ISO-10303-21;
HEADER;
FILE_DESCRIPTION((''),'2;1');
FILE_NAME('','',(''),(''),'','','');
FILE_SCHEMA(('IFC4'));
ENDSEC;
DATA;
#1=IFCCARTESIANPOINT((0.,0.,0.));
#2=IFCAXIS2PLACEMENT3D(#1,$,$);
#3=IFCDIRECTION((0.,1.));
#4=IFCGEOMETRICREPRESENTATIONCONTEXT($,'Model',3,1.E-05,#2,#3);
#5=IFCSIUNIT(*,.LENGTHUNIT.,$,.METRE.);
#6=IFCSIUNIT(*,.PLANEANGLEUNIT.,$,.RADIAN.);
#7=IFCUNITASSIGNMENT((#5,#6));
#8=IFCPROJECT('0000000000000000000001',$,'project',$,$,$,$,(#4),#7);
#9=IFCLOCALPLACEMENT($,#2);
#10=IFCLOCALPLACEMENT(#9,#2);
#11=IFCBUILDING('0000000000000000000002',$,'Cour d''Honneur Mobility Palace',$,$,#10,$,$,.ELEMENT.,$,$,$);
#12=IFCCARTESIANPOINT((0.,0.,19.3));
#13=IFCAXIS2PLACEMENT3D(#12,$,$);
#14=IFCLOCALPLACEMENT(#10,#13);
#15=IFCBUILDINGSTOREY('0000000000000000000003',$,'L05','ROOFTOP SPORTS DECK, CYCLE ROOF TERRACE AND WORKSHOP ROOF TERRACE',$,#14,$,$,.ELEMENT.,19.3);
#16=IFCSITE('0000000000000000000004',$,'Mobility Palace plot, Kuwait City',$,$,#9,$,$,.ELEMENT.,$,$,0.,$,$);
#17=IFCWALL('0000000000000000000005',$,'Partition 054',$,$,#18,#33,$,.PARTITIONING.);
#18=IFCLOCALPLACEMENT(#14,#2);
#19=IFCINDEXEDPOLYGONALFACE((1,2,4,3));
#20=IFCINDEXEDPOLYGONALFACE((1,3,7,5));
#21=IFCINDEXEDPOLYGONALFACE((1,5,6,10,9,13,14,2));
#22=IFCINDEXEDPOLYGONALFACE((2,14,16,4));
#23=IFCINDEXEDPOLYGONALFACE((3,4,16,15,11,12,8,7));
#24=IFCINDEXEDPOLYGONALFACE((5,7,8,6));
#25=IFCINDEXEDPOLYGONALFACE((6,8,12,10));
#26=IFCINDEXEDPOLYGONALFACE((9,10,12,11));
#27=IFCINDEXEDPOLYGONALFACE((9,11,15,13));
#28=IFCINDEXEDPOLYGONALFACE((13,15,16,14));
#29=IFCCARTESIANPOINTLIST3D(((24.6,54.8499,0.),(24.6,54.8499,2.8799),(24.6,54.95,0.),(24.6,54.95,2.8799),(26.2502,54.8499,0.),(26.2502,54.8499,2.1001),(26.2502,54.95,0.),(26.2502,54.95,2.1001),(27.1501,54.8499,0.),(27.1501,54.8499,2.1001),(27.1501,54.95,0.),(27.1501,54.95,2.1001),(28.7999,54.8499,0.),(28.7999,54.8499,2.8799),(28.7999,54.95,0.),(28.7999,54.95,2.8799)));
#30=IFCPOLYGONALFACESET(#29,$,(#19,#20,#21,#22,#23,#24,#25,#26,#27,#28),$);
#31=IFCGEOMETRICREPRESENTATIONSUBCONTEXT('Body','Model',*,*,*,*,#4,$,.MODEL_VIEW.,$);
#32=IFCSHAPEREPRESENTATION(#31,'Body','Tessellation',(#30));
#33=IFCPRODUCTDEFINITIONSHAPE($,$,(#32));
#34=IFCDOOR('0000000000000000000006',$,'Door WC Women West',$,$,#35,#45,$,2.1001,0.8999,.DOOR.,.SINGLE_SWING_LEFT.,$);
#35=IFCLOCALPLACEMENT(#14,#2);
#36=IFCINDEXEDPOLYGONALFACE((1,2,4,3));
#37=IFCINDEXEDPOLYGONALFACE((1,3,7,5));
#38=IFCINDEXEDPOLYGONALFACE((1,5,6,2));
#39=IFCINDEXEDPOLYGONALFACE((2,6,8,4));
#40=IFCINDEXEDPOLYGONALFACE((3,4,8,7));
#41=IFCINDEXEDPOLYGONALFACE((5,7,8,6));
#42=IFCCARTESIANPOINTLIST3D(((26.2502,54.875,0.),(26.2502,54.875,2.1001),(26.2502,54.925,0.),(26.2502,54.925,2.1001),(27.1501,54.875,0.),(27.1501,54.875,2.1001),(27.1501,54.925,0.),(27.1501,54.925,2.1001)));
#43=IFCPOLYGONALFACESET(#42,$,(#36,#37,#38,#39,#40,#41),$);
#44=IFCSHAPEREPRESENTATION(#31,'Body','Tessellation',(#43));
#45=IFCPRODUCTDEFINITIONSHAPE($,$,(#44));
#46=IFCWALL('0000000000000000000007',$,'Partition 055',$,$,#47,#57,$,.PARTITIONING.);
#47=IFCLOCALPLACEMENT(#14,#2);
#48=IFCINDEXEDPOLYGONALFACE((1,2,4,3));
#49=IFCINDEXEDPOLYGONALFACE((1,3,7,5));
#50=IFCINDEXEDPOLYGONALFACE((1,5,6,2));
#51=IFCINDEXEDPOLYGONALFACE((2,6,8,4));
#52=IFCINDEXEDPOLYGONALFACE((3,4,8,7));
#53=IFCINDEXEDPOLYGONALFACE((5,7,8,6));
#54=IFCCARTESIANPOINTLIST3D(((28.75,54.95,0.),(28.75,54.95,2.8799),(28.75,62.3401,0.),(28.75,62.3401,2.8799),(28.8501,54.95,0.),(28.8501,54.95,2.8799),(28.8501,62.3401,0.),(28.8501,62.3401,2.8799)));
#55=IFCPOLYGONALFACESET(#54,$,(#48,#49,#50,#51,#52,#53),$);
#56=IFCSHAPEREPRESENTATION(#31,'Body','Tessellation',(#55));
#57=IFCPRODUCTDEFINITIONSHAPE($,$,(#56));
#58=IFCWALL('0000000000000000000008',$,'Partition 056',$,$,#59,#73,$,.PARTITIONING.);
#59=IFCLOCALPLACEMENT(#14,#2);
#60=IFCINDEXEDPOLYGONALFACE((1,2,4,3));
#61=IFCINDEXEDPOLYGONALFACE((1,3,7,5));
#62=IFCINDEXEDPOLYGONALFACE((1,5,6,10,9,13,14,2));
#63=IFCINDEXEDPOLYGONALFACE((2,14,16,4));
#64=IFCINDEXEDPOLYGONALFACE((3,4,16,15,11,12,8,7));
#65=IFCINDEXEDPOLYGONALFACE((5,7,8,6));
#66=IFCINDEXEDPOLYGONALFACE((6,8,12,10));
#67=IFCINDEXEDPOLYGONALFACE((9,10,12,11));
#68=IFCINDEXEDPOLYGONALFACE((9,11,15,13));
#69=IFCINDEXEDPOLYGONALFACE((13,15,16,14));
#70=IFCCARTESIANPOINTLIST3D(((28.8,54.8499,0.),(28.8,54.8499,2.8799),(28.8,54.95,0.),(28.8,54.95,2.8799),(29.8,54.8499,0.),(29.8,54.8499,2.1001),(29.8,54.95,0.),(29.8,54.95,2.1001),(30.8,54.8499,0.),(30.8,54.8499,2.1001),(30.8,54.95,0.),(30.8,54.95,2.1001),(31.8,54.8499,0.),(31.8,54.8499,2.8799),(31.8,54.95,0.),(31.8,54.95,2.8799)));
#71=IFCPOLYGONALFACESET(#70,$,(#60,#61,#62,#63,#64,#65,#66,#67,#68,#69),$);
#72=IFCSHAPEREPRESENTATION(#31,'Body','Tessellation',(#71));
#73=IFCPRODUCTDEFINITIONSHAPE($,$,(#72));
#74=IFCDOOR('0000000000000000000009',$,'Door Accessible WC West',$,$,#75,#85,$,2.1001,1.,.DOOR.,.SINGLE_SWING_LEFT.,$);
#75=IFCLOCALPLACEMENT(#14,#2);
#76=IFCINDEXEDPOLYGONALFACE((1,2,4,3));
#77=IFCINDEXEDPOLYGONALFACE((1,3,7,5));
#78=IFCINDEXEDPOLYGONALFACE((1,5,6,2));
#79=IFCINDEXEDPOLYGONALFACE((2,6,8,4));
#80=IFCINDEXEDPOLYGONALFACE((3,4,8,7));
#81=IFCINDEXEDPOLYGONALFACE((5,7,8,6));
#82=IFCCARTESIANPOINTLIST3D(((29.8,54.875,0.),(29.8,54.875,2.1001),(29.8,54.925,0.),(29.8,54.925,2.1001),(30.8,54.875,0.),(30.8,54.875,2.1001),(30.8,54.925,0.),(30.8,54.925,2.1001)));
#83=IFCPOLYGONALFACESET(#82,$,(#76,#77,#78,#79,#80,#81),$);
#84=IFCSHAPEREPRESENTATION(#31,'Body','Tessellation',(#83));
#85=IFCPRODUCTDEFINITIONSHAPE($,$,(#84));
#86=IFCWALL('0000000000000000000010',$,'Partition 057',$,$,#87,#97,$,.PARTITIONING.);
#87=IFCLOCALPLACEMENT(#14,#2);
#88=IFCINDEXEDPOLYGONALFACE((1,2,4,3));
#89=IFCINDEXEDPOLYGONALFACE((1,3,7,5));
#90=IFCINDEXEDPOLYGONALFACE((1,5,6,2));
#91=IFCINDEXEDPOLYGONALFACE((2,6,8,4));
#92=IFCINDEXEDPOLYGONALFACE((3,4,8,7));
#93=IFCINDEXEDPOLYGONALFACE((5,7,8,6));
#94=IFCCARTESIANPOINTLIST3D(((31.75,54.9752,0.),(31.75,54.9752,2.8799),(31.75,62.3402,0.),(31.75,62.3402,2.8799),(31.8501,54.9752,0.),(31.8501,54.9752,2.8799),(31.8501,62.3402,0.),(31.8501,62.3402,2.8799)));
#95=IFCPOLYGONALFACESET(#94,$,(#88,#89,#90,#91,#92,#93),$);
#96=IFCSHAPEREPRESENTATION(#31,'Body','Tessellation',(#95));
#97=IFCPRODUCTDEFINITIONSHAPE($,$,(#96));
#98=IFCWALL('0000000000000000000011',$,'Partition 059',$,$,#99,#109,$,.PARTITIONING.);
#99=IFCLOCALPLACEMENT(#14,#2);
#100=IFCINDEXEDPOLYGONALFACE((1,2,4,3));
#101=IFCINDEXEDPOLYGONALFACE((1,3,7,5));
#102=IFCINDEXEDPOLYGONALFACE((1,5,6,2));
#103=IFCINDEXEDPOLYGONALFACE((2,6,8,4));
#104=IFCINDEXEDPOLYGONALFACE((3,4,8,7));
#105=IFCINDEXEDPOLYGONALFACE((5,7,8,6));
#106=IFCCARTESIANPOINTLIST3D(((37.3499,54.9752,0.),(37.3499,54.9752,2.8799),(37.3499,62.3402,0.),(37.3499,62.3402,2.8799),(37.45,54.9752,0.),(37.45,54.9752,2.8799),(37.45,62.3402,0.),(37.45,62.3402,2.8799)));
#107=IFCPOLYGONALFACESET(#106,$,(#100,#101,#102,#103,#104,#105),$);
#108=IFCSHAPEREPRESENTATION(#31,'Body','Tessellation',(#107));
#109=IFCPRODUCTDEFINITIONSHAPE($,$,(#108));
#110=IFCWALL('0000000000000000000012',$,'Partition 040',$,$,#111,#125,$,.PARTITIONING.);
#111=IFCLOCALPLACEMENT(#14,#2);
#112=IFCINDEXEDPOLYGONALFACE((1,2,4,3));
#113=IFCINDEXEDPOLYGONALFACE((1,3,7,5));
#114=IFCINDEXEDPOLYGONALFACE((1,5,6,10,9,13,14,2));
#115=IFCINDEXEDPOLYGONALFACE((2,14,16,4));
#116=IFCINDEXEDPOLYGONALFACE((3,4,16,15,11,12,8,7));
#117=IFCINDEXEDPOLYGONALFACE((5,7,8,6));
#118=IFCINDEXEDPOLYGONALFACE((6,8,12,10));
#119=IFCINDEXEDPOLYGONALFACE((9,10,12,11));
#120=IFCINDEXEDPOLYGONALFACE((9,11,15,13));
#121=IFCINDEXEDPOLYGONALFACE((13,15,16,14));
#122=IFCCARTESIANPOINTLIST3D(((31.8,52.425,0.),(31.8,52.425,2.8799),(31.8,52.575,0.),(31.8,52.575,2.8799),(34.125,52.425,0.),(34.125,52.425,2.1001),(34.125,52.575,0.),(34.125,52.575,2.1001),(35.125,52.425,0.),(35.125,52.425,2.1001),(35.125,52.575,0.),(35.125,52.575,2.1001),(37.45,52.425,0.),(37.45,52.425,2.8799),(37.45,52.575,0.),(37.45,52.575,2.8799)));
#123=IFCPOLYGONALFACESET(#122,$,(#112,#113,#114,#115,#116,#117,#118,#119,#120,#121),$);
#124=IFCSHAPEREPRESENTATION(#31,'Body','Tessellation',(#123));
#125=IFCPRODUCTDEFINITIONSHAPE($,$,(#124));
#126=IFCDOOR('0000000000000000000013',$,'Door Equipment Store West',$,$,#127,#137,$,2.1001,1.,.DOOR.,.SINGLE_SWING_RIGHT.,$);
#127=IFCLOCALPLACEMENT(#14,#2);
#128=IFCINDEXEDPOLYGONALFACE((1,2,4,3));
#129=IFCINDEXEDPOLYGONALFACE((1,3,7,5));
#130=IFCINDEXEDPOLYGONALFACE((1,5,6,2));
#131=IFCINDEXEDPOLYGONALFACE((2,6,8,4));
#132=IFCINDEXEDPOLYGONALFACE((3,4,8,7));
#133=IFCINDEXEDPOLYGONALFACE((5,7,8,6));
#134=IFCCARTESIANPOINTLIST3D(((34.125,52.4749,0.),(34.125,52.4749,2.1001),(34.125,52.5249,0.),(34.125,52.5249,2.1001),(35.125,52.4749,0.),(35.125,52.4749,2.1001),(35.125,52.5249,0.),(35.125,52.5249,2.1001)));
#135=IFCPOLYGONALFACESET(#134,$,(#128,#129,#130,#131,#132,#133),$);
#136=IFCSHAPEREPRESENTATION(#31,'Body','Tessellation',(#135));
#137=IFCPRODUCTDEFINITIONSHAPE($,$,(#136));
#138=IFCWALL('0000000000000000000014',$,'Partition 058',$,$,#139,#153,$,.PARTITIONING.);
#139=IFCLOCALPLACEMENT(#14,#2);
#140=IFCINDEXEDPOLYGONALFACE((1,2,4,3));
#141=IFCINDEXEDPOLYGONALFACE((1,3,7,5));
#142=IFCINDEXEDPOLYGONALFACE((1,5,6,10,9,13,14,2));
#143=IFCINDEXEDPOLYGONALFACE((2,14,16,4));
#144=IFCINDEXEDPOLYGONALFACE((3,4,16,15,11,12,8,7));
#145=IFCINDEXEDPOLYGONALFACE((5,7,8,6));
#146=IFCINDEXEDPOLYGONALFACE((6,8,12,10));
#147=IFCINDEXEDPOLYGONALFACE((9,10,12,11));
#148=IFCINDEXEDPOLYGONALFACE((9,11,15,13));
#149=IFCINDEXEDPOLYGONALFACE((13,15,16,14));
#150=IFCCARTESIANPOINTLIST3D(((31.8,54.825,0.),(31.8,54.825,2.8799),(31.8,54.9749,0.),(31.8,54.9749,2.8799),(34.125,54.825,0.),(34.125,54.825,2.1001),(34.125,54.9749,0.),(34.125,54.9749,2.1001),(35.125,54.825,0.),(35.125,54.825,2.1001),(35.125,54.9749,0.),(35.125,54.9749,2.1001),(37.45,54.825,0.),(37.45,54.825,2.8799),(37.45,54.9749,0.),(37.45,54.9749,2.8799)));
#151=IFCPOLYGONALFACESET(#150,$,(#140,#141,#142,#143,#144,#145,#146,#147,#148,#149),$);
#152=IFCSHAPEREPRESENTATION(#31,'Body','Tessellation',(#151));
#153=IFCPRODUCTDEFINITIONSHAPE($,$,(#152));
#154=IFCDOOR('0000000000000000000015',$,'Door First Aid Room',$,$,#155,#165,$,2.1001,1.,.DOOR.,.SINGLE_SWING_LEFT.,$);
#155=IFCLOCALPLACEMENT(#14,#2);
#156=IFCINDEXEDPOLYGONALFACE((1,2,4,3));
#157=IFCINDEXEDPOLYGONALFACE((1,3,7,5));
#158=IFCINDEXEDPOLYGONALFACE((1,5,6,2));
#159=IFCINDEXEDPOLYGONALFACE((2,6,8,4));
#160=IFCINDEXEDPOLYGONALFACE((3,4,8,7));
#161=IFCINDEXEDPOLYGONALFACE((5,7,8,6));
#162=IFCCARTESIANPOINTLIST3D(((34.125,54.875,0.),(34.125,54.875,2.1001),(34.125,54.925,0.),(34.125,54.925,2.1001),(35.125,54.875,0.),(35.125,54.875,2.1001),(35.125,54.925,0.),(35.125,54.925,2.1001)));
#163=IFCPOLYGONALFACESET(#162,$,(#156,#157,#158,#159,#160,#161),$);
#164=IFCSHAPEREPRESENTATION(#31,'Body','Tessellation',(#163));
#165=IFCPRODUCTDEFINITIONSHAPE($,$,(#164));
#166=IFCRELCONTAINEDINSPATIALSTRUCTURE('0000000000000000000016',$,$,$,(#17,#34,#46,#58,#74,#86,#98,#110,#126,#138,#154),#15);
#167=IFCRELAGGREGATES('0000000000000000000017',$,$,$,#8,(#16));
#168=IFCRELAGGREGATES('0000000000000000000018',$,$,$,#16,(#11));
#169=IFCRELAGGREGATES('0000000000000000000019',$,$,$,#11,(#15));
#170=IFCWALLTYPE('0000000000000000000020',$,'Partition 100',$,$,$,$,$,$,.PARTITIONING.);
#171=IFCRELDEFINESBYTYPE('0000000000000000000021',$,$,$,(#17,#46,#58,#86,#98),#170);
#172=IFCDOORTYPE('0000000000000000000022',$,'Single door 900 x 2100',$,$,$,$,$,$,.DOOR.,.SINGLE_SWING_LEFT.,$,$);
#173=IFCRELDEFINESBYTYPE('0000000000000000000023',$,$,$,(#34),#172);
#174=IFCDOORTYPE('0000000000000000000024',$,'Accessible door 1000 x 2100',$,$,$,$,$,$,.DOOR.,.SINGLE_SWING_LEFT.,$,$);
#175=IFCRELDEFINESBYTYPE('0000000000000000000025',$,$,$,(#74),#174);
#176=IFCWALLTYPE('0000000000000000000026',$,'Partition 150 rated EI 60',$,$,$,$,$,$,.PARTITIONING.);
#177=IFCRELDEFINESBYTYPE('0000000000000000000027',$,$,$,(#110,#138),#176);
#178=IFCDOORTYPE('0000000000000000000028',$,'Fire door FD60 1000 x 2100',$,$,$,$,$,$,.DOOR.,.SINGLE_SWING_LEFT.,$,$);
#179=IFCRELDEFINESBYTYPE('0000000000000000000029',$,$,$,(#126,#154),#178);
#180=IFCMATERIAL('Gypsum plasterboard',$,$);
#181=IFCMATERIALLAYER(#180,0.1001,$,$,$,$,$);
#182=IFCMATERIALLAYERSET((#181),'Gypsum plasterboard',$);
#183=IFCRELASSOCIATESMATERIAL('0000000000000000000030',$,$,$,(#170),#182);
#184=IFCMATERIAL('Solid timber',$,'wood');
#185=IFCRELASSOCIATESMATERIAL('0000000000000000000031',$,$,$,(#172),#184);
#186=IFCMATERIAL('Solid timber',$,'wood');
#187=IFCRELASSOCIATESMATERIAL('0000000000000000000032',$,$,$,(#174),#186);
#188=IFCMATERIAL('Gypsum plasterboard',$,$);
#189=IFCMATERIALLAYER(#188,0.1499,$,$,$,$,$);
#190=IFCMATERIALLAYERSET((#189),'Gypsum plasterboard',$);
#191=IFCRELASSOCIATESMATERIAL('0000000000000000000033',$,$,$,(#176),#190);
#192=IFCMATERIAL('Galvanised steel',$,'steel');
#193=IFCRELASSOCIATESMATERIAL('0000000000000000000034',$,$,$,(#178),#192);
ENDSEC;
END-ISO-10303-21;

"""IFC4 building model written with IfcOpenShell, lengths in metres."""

from ifc_helpers import new_model, si_unit, direction, frame, frame_2d, origin, place, context, subcontext, project, spatial, rectangle, extrude, material, layer, layer_set, type_object, element, fill, save


model = new_model("IFC4")

# Units and contexts
model_context = context("Model", 3, precision=1e-05, world=origin(), true_north=direction((0.0, 1.0)))
body_context = subcontext(model_context, "Body", "Model", "MODEL_VIEW")
ifc_project = project(units=[si_unit("LENGTHUNIT", "METRE"), si_unit("PLANEANGLEUNIT", "RADIAN")], contexts=[model_context])

# Site, building, storey
site_placement = place(None, origin())
site = spatial("IfcSite", under=ifc_project, at=site_placement, Name="Mobility Palace plot, Kuwait City", CompositionType="ELEMENT", RefElevation=0.0)
building_placement = place(site_placement, origin())
building = spatial("IfcBuilding", under=site, at=building_placement, Name="Cour d'Honneur Mobility Palace", CompositionType="ELEMENT")
storey_placement = place(building_placement, frame((0.0, 0.0, 19.3)))
storey = spatial("IfcBuildingStorey", under=building, at=storey_placement, Name="L05", Description="ROOFTOP SPORTS DECK, CYCLE ROOF TERRACE AND WORKSHOP ROOF TERRACE", CompositionType="ELEMENT", Elevation=19.3)

# Shared definitions
ifc_material_1 = material(Name="Gypsum plasterboard")
ifc_layer_1 = layer(ifc_material_1, 0.1001)
ifc_layer_set_1 = layer_set([ifc_layer_1], Name="Gypsum plasterboard")
wall_type_1 = type_object("IfcWallType", Name="Partition 100", PredefinedType="PARTITIONING", material=ifc_layer_set_1)
ifc_material_2 = material(Name="Solid timber", Category="wood")
door_type_1 = type_object("IfcDoorType", Name="Single door 900 x 2100", OperationType="SINGLE_SWING_LEFT", PredefinedType="DOOR", material=ifc_material_2)

# Wall, opening, door
wall_1_placement = place(storey_placement, frame((28.8, 54.8999, 0.0), z_axis=(0.0, 0.0, 1.0), x_axis=(-1.0, 0.0, 0.0)))
wall_1 = element("IfcWall", 1, at=wall_1_placement, inside=storey, type_object=wall_type_1, Name="Partition 054", PredefinedType="PARTITIONING", context=body_context, shape_type="SweptSolid", body=[
    extrude(rectangle(XDim=4.2, YDim=0.1001, at=frame_2d((2.1001, 0.0))), origin(), (0.0, 0.0, 1.0), 2.8799),
])
opening_1_placement = place(wall_1_placement, frame((1.6499, 0.0, 0.0)))
opening_1 = element("IfcOpeningElement", 2, at=opening_1_placement, cuts=wall_1, PredefinedType="OPENING", context=body_context, shape_type="SweptSolid", body=[
    extrude(rectangle(XDim=0.8999, YDim=2.1001, at=frame_2d((0.45, 1.05))), frame((0.0, 0.0601, 0.0), z_axis=(0.0, -1.0, 0.0), x_axis=(1.0, 0.0, 0.0)), (0.0, 0.0, 1.0), 0.1201),
])
door_1_placement = place(opening_1_placement, origin())
door_1 = element("IfcDoor", 3, at=door_1_placement, inside=storey, type_object=door_type_1, Name="Door WC Women West", OperationType="SINGLE_SWING_LEFT", OverallHeight=2.1001, OverallWidth=0.8999, PredefinedType="DOOR", context=body_context, shape_type="SweptSolid", body=[
    extrude(rectangle(XDim=0.8999, YDim=2.1001, at=frame_2d((0.45, 1.05))), frame((0.0, 0.0249, 0.0), z_axis=(0.0, -1.0, 0.0), x_axis=(1.0, 0.0, 0.0)), (0.0, 0.0, 1.0), 0.05),
])
fill(opening_1, door_1)

# Wall
wall_2_placement = place(storey_placement, frame((28.8, 54.95, 0.0), z_axis=(0.0, 0.0, 1.0), x_axis=(0.0, 1.0, 0.0)))
element("IfcWall", 4, at=wall_2_placement, inside=storey, type_object=wall_type_1, Name="Partition 055", PredefinedType="PARTITIONING", context=body_context, shape_type="SweptSolid", body=[
    extrude(rectangle(XDim=7.3901, YDim=0.1001, at=frame_2d((3.6951, 0.0))), origin(), (0.0, 0.0, 1.0), 2.8799),
])

# Wall, opening, door
wall_3_placement = place(storey_placement, frame((31.8, 54.8999, 0.0), z_axis=(0.0, 0.0, 1.0), x_axis=(-1.0, 0.0, 0.0)))
wall_3 = element("IfcWall", 5, at=wall_3_placement, inside=storey, type_object=wall_type_1, Name="Partition 056", PredefinedType="PARTITIONING", context=body_context, shape_type="SweptSolid", body=[
    extrude(rectangle(XDim=3.0, YDim=0.1001, at=frame_2d((1.5, 0.0))), origin(), (0.0, 0.0, 1.0), 2.8799),
])
opening_2_placement = place(wall_3_placement, frame((1.0, 0.0, 0.0)))
opening_2 = element("IfcOpeningElement", 6, at=opening_2_placement, cuts=wall_3, PredefinedType="OPENING", context=body_context, shape_type="SweptSolid", body=[
    extrude(rectangle(XDim=1.0, YDim=2.1001, at=frame_2d((0.5, 1.05))), frame((0.0, 0.0601, 0.0), z_axis=(0.0, -1.0, 0.0), x_axis=(1.0, 0.0, 0.0)), (0.0, 0.0, 1.0), 0.1201),
])
ifc_material_3 = material(Name="Solid timber", Category="wood")
door_type_2 = type_object("IfcDoorType", Name="Accessible door 1000 x 2100", OperationType="SINGLE_SWING_LEFT", PredefinedType="DOOR", material=ifc_material_3)
door_2_placement = place(opening_2_placement, origin())
door_2 = element("IfcDoor", 7, at=door_2_placement, inside=storey, type_object=door_type_2, Name="Door Accessible WC West", OperationType="SINGLE_SWING_LEFT", OverallHeight=2.1001, OverallWidth=1.0, PredefinedType="DOOR", context=body_context, shape_type="SweptSolid", body=[
    extrude(rectangle(XDim=1.0, YDim=2.1001, at=frame_2d((0.5, 1.05))), frame((0.0, 0.0249, 0.0), z_axis=(0.0, -1.0, 0.0), x_axis=(1.0, 0.0, 0.0)), (0.0, 0.0, 1.0), 0.05),
])
fill(opening_2, door_2)

# Walls
for number, where, z_axis, x_axis, name in (
    (8, (31.8, 54.9751, 0.0), (0.0, 0.0, 1.0), (0.0, 1.0, 0.0), "Partition 057"),
    (9, (37.3999, 54.9751, 0.0), (0.0, 0.0, 1.0), (0.0, 1.0, 0.0), "Partition 059"),
):
    element("IfcWall", number, at=place(storey_placement, frame(where, z_axis=z_axis, x_axis=x_axis)), inside=storey, type_object=wall_type_1, Name=name, PredefinedType="PARTITIONING", context=body_context, shape_type="SweptSolid", body=[
        extrude(rectangle(XDim=7.365, YDim=0.1001, at=frame_2d((3.6826, 0.0))), origin(), (0.0, 0.0, 1.0), 2.8799),
    ])

# Walls, openings, doors
ifc_material_4 = material(Name="Gypsum plasterboard")
ifc_layer_2 = layer(ifc_material_4, 0.1499)
ifc_layer_set_2 = layer_set([ifc_layer_2], Name="Gypsum plasterboard")
wall_type_2 = type_object("IfcWallType", Name="Partition 150 rated EI 60", PredefinedType="PARTITIONING", material=ifc_layer_set_2)
wall_4_placement = place(storey_placement, frame((31.8, 52.5, 0.0), z_axis=(0.0, 0.0, 1.0), x_axis=(1.0, 0.0, 0.0)))
wall_4 = element("IfcWall", 10, at=wall_4_placement, inside=storey, type_object=wall_type_2, Name="Partition 040", PredefinedType="PARTITIONING", context=body_context, shape_type="SweptSolid", body=[
    extrude(rectangle(XDim=5.6499, YDim=0.1499, at=frame_2d((2.825, 0.0))), origin(), (0.0, 0.0, 1.0), 2.8799),
])
opening_3_placement = place(wall_4_placement, frame((2.325, 0.0, 0.0)))
opening_3 = element("IfcOpeningElement", 11, at=opening_3_placement, cuts=wall_4, PredefinedType="OPENING", context=body_context, shape_type="SweptSolid", body=[
    extrude(rectangle(XDim=1.0, YDim=2.1001, at=frame_2d((0.5, 1.05))), frame((0.0, 0.085, 0.0), z_axis=(0.0, -1.0, 0.0), x_axis=(1.0, 0.0, 0.0)), (0.0, 0.0, 1.0), 0.1699),
])
ifc_material_5 = material(Name="Galvanised steel", Category="steel")
door_type_3 = type_object("IfcDoorType", Name="Fire door FD60 1000 x 2100", OperationType="SINGLE_SWING_LEFT", PredefinedType="DOOR", material=ifc_material_5)
door_3_placement = place(opening_3_placement, origin())
door_3 = element("IfcDoor", 12, at=door_3_placement, inside=storey, type_object=door_type_3, Name="Door Equipment Store West", OperationType="SINGLE_SWING_RIGHT", OverallHeight=2.1001, OverallWidth=1.0, PredefinedType="DOOR", context=body_context, shape_type="SweptSolid", body=[
    extrude(rectangle(XDim=1.0, YDim=2.1001, at=frame_2d((0.5, 1.05))), frame((0.0, 0.0249, 0.0), z_axis=(0.0, -1.0, 0.0), x_axis=(1.0, 0.0, 0.0)), (0.0, 0.0, 1.0), 0.05),
])
fill(opening_3, door_3)
wall_5_placement = place(storey_placement, frame((37.45, 54.8999, 0.0), z_axis=(0.0, 0.0, 1.0), x_axis=(-1.0, 0.0, 0.0)))
wall_5 = element("IfcWall", 13, at=wall_5_placement, inside=storey, type_object=wall_type_2, Name="Partition 058", PredefinedType="PARTITIONING", context=body_context, shape_type="SweptSolid", body=[
    extrude(rectangle(XDim=5.6499, YDim=0.1499, at=frame_2d((2.825, 0.0))), origin(), (0.0, 0.0, 1.0), 2.8799),
])
opening_4_placement = place(wall_5_placement, frame((2.325, 0.0, 0.0)))
opening_4 = element("IfcOpeningElement", 14, at=opening_4_placement, cuts=wall_5, PredefinedType="OPENING", context=body_context, shape_type="SweptSolid", body=[
    extrude(rectangle(XDim=1.0, YDim=2.1001, at=frame_2d((0.5, 1.05))), frame((0.0, 0.085, 0.0), z_axis=(0.0, -1.0, 0.0), x_axis=(1.0, 0.0, 0.0)), (0.0, 0.0, 1.0), 0.1699),
])
door_4_placement = place(opening_4_placement, origin())
door_4 = element("IfcDoor", 15, at=door_4_placement, inside=storey, type_object=door_type_3, Name="Door First Aid Room", OperationType="SINGLE_SWING_LEFT", OverallHeight=2.1001, OverallWidth=1.0, PredefinedType="DOOR", context=body_context, shape_type="SweptSolid", body=[
    extrude(rectangle(XDim=1.0, YDim=2.1001, at=frame_2d((0.5, 1.05))), frame((0.0, 0.0249, 0.0), z_axis=(0.0, -1.0, 0.0), x_axis=(1.0, 0.0, 0.0)), (0.0, 0.0, 1.0), 0.05),
])
fill(opening_4, door_4)

save(model, "model.ifc")
